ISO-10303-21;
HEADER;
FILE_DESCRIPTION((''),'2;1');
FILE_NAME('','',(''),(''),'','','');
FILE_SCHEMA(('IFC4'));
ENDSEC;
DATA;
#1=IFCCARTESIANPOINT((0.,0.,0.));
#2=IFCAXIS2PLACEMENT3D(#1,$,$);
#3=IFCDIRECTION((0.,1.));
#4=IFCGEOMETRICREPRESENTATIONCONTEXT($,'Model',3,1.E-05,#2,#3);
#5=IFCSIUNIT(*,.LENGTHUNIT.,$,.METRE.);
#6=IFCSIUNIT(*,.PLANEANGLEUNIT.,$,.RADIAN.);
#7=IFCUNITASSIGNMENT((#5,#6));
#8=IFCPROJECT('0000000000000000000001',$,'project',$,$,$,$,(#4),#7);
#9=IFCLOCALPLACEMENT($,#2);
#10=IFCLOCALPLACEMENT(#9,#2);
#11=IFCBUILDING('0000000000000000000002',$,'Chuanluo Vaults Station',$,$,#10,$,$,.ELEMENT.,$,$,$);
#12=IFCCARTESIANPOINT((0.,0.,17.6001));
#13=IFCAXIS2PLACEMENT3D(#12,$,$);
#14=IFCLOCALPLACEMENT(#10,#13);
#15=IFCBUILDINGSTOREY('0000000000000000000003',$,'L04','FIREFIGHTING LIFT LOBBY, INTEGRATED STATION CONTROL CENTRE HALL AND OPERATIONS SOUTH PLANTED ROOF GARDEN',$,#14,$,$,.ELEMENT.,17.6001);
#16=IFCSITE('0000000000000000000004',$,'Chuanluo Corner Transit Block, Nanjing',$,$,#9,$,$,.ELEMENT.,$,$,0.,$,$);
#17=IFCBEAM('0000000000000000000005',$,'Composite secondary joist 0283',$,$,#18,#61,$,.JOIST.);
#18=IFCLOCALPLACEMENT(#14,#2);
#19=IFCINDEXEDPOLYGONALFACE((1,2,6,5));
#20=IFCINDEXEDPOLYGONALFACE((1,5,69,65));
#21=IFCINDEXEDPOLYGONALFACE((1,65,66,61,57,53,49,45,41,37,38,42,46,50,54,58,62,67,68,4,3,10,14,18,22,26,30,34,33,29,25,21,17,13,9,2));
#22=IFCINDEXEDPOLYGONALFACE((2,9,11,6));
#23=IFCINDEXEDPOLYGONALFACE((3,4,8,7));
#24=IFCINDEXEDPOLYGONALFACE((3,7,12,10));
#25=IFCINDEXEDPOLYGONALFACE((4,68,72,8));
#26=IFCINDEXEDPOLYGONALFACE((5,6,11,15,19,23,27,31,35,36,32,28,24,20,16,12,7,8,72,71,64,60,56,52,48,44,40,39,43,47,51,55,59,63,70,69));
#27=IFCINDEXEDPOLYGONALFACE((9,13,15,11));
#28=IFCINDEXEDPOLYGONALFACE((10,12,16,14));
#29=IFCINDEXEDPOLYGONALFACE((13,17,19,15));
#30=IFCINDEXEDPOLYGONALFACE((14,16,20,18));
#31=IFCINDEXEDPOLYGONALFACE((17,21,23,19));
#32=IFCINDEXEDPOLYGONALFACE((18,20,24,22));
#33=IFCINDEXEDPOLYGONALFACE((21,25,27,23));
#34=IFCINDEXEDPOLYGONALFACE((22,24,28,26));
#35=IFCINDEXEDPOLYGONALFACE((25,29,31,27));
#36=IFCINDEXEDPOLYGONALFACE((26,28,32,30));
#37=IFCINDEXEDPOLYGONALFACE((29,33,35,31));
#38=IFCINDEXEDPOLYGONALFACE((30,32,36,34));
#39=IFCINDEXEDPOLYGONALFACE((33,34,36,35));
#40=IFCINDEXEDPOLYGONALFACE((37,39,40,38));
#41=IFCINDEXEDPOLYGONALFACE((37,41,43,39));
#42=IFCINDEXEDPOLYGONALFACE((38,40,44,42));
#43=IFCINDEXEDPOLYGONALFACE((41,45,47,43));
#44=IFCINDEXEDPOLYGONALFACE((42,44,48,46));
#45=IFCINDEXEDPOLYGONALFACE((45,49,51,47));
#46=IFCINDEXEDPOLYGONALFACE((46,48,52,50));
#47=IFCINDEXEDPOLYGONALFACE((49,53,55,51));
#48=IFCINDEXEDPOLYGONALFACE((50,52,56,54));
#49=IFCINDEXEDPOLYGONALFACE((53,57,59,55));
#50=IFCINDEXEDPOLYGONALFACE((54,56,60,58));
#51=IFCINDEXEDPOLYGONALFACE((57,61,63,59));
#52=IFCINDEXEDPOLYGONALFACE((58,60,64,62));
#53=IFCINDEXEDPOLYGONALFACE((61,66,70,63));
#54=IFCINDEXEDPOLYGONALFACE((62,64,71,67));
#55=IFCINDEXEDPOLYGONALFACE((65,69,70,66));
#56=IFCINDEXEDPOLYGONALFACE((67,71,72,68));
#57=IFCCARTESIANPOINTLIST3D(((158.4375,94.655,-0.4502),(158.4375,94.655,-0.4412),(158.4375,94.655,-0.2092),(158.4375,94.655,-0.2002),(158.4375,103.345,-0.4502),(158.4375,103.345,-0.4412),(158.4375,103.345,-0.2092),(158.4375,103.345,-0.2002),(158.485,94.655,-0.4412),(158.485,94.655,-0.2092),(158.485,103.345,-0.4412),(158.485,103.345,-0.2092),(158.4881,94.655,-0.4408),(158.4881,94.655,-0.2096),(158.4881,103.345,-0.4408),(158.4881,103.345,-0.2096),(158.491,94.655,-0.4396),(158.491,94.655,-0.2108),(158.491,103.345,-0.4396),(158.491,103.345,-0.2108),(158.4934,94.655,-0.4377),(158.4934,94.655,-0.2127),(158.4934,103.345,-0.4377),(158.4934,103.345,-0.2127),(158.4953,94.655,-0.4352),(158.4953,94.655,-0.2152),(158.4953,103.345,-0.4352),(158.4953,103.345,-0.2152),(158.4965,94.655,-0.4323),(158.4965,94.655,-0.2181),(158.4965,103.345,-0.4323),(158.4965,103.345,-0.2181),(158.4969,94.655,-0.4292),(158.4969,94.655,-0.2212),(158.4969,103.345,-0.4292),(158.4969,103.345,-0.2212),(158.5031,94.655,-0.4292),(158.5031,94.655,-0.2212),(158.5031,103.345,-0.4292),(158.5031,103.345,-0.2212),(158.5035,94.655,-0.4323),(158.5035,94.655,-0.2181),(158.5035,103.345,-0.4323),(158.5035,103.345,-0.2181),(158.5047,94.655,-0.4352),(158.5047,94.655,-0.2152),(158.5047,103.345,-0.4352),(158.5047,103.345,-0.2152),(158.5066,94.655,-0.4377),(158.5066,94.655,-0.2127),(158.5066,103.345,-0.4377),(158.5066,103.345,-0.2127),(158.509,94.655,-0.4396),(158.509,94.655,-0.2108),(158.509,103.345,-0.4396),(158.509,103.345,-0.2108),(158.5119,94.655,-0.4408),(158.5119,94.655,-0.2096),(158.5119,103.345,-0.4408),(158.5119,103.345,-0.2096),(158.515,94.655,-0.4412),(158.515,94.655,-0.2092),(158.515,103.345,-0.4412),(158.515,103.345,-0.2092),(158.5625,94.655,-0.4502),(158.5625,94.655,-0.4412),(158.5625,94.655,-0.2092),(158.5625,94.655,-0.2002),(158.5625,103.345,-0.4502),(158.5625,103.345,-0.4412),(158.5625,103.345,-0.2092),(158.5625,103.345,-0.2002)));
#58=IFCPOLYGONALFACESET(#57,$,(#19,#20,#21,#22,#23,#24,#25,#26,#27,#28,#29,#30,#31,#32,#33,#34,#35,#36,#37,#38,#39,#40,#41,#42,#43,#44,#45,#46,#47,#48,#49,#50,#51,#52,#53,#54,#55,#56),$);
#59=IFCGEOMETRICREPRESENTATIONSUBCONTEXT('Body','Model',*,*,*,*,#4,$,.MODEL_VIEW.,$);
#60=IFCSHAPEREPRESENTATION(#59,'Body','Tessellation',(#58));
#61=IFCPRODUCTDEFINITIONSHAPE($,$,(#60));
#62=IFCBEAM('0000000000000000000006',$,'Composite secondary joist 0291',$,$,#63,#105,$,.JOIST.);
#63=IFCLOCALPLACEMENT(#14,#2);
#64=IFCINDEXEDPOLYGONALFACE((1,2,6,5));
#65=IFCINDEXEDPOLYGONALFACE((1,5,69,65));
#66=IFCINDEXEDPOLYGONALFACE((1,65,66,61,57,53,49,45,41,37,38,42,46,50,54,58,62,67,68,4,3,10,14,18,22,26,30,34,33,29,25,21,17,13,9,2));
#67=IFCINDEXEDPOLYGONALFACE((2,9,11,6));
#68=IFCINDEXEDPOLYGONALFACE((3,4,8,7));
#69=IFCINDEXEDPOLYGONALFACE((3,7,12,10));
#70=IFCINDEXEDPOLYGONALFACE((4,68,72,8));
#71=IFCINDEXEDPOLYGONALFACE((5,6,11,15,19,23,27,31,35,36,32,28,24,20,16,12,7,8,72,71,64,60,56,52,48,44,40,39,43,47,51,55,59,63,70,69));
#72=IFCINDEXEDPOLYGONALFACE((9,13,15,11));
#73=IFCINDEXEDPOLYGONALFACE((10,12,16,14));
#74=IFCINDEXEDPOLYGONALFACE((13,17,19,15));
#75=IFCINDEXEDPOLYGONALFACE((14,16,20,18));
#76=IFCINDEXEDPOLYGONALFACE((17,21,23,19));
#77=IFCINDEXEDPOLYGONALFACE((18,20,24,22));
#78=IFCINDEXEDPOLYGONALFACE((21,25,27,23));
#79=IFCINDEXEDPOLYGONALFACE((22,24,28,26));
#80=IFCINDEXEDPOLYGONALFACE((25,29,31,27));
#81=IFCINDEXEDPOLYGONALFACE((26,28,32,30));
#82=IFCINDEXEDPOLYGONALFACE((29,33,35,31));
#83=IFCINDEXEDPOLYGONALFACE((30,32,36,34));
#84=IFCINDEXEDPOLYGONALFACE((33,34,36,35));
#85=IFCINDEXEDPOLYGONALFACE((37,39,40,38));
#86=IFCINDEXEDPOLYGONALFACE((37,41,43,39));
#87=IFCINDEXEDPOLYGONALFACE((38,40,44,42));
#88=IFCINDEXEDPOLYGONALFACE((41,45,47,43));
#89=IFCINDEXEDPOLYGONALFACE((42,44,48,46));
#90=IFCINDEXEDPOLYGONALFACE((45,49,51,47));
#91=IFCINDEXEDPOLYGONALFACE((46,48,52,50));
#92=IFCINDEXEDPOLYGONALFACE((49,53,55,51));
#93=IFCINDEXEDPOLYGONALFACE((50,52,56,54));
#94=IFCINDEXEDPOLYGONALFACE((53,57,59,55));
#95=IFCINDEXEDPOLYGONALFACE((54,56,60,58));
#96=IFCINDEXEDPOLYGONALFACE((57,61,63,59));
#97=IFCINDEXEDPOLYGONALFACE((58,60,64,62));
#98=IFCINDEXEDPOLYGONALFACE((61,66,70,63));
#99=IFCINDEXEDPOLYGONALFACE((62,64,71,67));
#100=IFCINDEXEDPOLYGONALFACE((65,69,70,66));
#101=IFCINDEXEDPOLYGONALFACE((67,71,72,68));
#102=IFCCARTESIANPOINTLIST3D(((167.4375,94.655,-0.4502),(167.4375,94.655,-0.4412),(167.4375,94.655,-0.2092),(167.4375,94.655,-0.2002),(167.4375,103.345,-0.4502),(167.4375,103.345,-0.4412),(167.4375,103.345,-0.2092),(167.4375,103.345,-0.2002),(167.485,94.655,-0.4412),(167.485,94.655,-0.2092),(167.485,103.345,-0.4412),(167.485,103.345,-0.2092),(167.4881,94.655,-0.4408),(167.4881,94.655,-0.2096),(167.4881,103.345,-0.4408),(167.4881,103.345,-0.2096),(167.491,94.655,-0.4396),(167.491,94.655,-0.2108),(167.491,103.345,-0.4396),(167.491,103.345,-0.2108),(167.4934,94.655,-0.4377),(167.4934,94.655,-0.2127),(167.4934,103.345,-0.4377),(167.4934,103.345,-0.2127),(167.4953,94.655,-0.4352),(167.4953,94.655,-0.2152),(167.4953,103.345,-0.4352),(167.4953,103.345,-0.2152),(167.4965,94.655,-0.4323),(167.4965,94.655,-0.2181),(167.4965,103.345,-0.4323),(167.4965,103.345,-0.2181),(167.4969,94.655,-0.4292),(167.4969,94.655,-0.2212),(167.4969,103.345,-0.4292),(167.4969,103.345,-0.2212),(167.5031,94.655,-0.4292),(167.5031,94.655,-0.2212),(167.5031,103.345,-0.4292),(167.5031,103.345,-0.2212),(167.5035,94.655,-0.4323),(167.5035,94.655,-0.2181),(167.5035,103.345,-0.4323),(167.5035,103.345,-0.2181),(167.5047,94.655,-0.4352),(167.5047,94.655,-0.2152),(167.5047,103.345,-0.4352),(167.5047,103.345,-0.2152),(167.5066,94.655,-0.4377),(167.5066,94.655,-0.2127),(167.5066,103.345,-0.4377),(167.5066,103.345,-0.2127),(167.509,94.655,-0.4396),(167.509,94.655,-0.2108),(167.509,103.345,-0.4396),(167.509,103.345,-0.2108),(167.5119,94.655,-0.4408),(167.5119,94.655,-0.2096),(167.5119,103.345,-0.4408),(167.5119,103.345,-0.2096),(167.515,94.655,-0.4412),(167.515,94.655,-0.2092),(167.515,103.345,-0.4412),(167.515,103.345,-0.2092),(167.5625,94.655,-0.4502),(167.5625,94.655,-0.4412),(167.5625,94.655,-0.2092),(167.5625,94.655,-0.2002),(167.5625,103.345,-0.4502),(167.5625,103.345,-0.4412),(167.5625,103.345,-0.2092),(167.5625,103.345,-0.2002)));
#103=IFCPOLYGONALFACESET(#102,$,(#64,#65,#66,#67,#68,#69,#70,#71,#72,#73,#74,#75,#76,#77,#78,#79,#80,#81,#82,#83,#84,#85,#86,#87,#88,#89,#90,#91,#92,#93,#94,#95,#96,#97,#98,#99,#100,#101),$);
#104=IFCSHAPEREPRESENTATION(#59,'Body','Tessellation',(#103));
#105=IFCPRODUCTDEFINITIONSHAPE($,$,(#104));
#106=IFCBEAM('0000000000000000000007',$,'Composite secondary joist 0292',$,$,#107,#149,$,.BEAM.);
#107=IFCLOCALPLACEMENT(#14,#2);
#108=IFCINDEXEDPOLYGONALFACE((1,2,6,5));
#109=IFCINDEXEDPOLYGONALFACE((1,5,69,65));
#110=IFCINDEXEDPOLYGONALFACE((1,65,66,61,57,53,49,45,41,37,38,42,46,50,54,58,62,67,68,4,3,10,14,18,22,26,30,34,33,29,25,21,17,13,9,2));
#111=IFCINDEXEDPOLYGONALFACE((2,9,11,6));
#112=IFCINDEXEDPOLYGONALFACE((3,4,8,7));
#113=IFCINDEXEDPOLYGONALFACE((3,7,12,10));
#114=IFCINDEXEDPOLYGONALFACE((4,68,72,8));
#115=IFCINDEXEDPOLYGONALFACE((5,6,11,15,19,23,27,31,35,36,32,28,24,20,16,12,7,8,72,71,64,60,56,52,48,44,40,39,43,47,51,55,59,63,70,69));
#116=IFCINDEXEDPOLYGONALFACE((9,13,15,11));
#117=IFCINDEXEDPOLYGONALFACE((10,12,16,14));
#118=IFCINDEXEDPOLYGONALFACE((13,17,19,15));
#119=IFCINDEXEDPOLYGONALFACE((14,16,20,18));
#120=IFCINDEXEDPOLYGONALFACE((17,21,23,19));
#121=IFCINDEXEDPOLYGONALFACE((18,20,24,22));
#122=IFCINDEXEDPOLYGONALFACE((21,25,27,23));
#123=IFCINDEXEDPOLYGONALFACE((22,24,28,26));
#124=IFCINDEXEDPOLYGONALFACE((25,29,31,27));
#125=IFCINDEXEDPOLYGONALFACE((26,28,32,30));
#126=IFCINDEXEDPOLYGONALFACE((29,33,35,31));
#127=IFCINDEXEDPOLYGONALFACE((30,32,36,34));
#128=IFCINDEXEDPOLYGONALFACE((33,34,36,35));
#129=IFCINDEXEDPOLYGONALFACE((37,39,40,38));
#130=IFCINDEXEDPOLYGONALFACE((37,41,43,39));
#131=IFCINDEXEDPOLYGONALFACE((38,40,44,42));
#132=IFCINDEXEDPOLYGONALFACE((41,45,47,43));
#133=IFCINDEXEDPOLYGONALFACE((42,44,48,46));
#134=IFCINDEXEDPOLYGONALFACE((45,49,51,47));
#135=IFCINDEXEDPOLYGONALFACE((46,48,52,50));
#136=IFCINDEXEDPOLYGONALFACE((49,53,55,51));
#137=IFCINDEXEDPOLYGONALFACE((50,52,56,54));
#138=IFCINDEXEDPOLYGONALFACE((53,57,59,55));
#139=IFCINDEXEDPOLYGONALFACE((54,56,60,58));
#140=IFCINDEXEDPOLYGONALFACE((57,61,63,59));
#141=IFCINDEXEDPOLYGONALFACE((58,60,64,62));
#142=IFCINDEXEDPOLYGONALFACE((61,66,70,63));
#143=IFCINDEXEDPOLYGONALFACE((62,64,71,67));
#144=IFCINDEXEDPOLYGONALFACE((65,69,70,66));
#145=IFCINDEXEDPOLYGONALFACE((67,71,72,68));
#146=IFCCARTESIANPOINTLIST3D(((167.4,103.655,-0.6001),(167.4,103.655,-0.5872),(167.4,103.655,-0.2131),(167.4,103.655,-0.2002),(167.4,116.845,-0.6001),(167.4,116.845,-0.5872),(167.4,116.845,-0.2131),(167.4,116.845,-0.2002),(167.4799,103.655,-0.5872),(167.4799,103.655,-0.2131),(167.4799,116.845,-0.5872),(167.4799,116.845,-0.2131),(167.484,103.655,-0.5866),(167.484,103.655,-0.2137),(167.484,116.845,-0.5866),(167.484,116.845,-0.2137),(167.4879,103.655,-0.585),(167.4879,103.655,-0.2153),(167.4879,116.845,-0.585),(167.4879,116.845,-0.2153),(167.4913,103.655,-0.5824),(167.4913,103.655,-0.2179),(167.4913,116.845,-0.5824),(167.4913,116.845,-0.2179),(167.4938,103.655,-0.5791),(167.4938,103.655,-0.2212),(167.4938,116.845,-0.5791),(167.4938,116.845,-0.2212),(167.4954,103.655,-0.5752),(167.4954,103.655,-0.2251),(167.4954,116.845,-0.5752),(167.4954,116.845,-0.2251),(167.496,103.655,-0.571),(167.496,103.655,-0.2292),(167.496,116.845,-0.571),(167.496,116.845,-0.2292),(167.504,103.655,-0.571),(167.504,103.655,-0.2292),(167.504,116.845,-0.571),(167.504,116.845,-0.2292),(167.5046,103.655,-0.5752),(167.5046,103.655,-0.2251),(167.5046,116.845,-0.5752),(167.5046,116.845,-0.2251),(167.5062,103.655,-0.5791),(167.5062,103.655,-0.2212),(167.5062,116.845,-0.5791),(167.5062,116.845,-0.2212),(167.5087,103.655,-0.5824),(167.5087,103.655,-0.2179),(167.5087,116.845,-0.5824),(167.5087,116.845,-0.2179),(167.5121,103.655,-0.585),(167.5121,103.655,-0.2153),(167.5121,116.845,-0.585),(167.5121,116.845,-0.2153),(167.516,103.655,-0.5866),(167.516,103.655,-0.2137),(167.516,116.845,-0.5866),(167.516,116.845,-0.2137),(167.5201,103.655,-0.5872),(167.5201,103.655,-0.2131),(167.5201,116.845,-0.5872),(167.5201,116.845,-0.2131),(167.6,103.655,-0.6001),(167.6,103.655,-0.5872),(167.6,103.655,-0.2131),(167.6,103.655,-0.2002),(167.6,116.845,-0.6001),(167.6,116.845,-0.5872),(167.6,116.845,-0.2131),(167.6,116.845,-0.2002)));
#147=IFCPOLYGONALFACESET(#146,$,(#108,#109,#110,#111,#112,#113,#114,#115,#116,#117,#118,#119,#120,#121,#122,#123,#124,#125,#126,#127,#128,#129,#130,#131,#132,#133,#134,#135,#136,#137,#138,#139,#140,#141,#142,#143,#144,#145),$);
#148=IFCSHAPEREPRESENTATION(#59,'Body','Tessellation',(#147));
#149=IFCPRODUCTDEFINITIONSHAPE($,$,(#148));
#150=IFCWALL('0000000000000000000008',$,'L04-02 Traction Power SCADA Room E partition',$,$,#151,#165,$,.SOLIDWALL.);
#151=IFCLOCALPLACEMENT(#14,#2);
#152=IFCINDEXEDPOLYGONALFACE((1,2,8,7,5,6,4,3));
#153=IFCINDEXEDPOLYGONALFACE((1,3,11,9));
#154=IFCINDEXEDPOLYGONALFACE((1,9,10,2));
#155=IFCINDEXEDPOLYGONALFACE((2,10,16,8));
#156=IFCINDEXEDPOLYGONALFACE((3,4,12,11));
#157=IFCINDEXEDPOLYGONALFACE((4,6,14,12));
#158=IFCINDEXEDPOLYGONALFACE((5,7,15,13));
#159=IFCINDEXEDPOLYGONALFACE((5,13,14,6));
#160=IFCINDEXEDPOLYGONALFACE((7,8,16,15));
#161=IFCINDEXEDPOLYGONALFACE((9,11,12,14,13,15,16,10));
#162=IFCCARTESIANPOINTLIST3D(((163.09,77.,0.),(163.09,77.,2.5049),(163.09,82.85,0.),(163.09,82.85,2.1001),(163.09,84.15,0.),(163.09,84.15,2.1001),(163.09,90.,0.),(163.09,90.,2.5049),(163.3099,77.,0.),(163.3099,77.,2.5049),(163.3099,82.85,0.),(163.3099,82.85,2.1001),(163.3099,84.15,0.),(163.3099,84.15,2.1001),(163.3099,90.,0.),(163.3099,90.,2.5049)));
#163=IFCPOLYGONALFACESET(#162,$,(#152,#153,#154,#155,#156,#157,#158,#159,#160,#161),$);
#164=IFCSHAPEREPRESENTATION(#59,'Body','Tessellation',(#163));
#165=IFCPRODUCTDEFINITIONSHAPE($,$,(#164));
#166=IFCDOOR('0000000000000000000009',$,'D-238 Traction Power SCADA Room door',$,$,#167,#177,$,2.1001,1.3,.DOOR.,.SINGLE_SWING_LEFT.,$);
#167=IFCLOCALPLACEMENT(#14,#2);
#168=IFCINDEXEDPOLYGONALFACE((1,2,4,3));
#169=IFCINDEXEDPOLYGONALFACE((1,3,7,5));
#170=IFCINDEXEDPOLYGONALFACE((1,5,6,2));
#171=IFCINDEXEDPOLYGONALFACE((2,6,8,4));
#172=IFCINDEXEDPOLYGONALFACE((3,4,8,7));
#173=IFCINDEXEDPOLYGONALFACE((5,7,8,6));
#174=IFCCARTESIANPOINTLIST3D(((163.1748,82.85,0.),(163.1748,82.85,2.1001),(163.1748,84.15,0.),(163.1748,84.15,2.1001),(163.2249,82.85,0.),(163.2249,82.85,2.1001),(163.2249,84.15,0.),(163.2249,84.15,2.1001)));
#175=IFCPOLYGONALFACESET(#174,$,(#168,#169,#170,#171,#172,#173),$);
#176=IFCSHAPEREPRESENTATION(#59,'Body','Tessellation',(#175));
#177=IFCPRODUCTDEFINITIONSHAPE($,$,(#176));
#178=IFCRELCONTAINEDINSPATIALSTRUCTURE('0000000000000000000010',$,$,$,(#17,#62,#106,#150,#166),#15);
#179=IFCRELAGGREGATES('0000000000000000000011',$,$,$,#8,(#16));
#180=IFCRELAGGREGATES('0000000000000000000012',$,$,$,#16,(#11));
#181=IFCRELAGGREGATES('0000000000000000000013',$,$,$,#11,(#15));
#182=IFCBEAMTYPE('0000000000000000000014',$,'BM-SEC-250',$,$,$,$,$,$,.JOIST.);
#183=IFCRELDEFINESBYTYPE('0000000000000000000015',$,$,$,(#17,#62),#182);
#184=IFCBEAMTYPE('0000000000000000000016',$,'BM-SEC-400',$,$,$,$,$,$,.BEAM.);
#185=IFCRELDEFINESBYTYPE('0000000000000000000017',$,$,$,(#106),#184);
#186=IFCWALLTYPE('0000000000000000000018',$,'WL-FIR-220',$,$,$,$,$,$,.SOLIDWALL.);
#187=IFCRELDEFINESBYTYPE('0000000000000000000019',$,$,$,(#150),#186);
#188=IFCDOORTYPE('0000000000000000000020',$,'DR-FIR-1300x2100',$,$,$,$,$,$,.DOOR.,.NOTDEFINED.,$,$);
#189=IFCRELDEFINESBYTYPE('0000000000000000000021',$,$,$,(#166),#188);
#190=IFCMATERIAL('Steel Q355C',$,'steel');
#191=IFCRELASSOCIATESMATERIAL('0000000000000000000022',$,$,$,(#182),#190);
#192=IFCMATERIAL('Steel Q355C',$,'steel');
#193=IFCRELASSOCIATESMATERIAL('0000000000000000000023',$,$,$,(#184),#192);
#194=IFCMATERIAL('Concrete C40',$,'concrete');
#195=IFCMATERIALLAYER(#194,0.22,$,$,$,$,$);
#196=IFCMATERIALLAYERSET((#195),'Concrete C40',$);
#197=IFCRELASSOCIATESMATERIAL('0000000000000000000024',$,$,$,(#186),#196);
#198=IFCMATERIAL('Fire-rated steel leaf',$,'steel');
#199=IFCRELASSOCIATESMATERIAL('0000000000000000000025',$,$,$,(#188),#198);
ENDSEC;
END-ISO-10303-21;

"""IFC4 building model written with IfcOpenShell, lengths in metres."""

from ifc_helpers import new_model, si_unit, direction, frame, frame_2d, origin, origin_2d, place, context, subcontext, project, spatial, rectangle, i_section, extrude, material, layer, layer_set, material_profile, profile_set, type_object, element, fill, save


model = new_model("IFC4")

# Units and contexts
model_context = context("Model", 3, precision=1e-05, world=origin(), true_north=direction((0.0, 1.0)))
body_context = subcontext(model_context, "Body", "Model", "MODEL_VIEW")
ifc_project = project(units=[si_unit("LENGTHUNIT", "METRE"), si_unit("PLANEANGLEUNIT", "RADIAN")], contexts=[model_context])

# Site, building, storey
site_placement = place(None, origin())
site = spatial("IfcSite", under=ifc_project, at=site_placement, Name="Chuanluo Corner Transit Block, Nanjing", CompositionType="ELEMENT", RefElevation=0.0)
building_placement = place(site_placement, origin())
building = spatial("IfcBuilding", under=site, at=building_placement, Name="Chuanluo Vaults Station", CompositionType="ELEMENT")
storey_placement = place(building_placement, frame((0.0, 0.0, 17.6001)))
storey = spatial("IfcBuildingStorey", under=building, at=storey_placement, Name="L04", Description="FIREFIGHTING LIFT LOBBY, INTEGRATED STATION CONTROL CENTRE HALL AND OPERATIONS SOUTH PLANTED ROOF GARDEN", CompositionType="ELEMENT", Elevation=17.6001)

# Beams
ifc_material_1 = material(Name="Steel Q355C", Category="steel")
ifc_material_profile_1 = material_profile(ifc_material_1, i_section(OverallWidth=0.125, OverallDepth=0.25, WebThickness=0.0061, FlangeThickness=0.009, FilletRadius=0.012, at=origin_2d()))
ifc_profile_set_1 = profile_set([ifc_material_profile_1], Name="Steel Q355C")
beam_type_1 = type_object("IfcBeamType", Name="BM-SEC-250", PredefinedType="JOIST", material=ifc_profile_set_1)
for number, where, z_axis, x_axis, name in (
    (1, (158.5, 94.655, -0.3252), (0.0, 1.0, 0.0), (-1.0, 0.0, 0.0), "Composite secondary joist 0283"),
    (2, (167.5, 94.655, -0.3252), (0.0, 1.0, 0.0), (-1.0, 0.0, 0.0), "Composite secondary joist 0291"),
):
    element("IfcBeam", number, at=place(storey_placement, frame(where, z_axis=z_axis, x_axis=x_axis)), inside=storey, type_object=beam_type_1, Name=name, PredefinedType="JOIST", context=body_context, shape_type="SweptSolid", body=[
        extrude(i_section(OverallWidth=0.125, OverallDepth=0.25, WebThickness=0.0061, FlangeThickness=0.009, FilletRadius=0.012, at=origin_2d()), origin(), (0.0, 0.0, 1.0), 8.6899),
    ])
ifc_material_2 = material(Name="Steel Q355C", Category="steel")
ifc_material_profile_2 = material_profile(ifc_material_2, i_section(OverallWidth=0.2, OverallDepth=0.3999, WebThickness=0.0081, FlangeThickness=0.0129, FilletRadius=0.0161, at=origin_2d()))
ifc_profile_set_2 = profile_set([ifc_material_profile_2], Name="Steel Q355C")
beam_type_2 = type_object("IfcBeamType", Name="BM-SEC-400", PredefinedType="BEAM", material=ifc_profile_set_2)
beam_1_placement = place(storey_placement, frame((167.5, 103.655, -0.4001), z_axis=(0.0, 1.0, 0.0), x_axis=(-1.0, 0.0, 0.0)))
element("IfcBeam", 3, at=beam_1_placement, inside=storey, type_object=beam_type_2, Name="Composite secondary joist 0292", PredefinedType="BEAM", context=body_context, shape_type="SweptSolid", body=[
    extrude(i_section(OverallWidth=0.2, OverallDepth=0.3999, WebThickness=0.0081, FlangeThickness=0.0129, FilletRadius=0.0161, at=origin_2d()), origin(), (0.0, 0.0, 1.0), 13.1899),
])

# Wall, opening, door
ifc_material_3 = material(Name="Concrete C40", Category="concrete")
ifc_layer_1 = layer(ifc_material_3, 0.22)
ifc_layer_set_1 = layer_set([ifc_layer_1], Name="Concrete C40")
wall_type_1 = type_object("IfcWallType", Name="WL-FIR-220", PredefinedType="SOLIDWALL", material=ifc_layer_set_1)
wall_1_placement = place(storey_placement, frame((163.2, 90.0, 0.0), z_axis=(0.0, 0.0, 1.0), x_axis=(0.0, -1.0, 0.0)))
wall_1 = element("IfcWall", 4, at=wall_1_placement, inside=storey, type_object=wall_type_1, Name="L04-02 Traction Power SCADA Room E partition", PredefinedType="SOLIDWALL", context=body_context, shape_type="SweptSolid", body=[
    extrude(rectangle(XDim=13.0, YDim=0.22, at=frame_2d((6.5, 0.0))), origin(), (0.0, 0.0, 1.0), 2.5049),
])
opening_1_placement = place(wall_1_placement, frame((5.8501, 0.0, 0.0)))
opening_1 = element("IfcOpeningElement", 5, at=opening_1_placement, cuts=wall_1, PredefinedType="OPENING", context=body_context, shape_type="SweptSolid", body=[
    extrude(rectangle(XDim=1.3, YDim=2.1001, at=frame_2d((0.6499, 1.05))), frame((0.0, 0.1199, 0.0), z_axis=(0.0, -1.0, 0.0), x_axis=(1.0, 0.0, 0.0)), (0.0, 0.0, 1.0), 0.24),
])
ifc_material_4 = material(Name="Fire-rated steel leaf", Category="steel")
door_type_1 = type_object("IfcDoorType", Name="DR-FIR-1300x2100", OperationType="NOTDEFINED", PredefinedType="DOOR", material=ifc_material_4)
door_1_placement = place(opening_1_placement, origin())
door_1 = element("IfcDoor", 6, at=door_1_placement, inside=storey, type_object=door_type_1, Name="D-238 Traction Power SCADA Room door", OperationType="SINGLE_SWING_LEFT", OverallHeight=2.1001, OverallWidth=1.3, PredefinedType="DOOR", context=body_context, shape_type="SweptSolid", body=[
    extrude(rectangle(XDim=1.3, YDim=2.1001, at=frame_2d((0.6499, 1.05))), frame((0.0, 0.0249, 0.0), z_axis=(0.0, -1.0, 0.0), x_axis=(1.0, 0.0, 0.0)), (0.0, 0.0, 1.0), 0.05),
])
fill(opening_1, door_1)

save(model, "model.ifc")
